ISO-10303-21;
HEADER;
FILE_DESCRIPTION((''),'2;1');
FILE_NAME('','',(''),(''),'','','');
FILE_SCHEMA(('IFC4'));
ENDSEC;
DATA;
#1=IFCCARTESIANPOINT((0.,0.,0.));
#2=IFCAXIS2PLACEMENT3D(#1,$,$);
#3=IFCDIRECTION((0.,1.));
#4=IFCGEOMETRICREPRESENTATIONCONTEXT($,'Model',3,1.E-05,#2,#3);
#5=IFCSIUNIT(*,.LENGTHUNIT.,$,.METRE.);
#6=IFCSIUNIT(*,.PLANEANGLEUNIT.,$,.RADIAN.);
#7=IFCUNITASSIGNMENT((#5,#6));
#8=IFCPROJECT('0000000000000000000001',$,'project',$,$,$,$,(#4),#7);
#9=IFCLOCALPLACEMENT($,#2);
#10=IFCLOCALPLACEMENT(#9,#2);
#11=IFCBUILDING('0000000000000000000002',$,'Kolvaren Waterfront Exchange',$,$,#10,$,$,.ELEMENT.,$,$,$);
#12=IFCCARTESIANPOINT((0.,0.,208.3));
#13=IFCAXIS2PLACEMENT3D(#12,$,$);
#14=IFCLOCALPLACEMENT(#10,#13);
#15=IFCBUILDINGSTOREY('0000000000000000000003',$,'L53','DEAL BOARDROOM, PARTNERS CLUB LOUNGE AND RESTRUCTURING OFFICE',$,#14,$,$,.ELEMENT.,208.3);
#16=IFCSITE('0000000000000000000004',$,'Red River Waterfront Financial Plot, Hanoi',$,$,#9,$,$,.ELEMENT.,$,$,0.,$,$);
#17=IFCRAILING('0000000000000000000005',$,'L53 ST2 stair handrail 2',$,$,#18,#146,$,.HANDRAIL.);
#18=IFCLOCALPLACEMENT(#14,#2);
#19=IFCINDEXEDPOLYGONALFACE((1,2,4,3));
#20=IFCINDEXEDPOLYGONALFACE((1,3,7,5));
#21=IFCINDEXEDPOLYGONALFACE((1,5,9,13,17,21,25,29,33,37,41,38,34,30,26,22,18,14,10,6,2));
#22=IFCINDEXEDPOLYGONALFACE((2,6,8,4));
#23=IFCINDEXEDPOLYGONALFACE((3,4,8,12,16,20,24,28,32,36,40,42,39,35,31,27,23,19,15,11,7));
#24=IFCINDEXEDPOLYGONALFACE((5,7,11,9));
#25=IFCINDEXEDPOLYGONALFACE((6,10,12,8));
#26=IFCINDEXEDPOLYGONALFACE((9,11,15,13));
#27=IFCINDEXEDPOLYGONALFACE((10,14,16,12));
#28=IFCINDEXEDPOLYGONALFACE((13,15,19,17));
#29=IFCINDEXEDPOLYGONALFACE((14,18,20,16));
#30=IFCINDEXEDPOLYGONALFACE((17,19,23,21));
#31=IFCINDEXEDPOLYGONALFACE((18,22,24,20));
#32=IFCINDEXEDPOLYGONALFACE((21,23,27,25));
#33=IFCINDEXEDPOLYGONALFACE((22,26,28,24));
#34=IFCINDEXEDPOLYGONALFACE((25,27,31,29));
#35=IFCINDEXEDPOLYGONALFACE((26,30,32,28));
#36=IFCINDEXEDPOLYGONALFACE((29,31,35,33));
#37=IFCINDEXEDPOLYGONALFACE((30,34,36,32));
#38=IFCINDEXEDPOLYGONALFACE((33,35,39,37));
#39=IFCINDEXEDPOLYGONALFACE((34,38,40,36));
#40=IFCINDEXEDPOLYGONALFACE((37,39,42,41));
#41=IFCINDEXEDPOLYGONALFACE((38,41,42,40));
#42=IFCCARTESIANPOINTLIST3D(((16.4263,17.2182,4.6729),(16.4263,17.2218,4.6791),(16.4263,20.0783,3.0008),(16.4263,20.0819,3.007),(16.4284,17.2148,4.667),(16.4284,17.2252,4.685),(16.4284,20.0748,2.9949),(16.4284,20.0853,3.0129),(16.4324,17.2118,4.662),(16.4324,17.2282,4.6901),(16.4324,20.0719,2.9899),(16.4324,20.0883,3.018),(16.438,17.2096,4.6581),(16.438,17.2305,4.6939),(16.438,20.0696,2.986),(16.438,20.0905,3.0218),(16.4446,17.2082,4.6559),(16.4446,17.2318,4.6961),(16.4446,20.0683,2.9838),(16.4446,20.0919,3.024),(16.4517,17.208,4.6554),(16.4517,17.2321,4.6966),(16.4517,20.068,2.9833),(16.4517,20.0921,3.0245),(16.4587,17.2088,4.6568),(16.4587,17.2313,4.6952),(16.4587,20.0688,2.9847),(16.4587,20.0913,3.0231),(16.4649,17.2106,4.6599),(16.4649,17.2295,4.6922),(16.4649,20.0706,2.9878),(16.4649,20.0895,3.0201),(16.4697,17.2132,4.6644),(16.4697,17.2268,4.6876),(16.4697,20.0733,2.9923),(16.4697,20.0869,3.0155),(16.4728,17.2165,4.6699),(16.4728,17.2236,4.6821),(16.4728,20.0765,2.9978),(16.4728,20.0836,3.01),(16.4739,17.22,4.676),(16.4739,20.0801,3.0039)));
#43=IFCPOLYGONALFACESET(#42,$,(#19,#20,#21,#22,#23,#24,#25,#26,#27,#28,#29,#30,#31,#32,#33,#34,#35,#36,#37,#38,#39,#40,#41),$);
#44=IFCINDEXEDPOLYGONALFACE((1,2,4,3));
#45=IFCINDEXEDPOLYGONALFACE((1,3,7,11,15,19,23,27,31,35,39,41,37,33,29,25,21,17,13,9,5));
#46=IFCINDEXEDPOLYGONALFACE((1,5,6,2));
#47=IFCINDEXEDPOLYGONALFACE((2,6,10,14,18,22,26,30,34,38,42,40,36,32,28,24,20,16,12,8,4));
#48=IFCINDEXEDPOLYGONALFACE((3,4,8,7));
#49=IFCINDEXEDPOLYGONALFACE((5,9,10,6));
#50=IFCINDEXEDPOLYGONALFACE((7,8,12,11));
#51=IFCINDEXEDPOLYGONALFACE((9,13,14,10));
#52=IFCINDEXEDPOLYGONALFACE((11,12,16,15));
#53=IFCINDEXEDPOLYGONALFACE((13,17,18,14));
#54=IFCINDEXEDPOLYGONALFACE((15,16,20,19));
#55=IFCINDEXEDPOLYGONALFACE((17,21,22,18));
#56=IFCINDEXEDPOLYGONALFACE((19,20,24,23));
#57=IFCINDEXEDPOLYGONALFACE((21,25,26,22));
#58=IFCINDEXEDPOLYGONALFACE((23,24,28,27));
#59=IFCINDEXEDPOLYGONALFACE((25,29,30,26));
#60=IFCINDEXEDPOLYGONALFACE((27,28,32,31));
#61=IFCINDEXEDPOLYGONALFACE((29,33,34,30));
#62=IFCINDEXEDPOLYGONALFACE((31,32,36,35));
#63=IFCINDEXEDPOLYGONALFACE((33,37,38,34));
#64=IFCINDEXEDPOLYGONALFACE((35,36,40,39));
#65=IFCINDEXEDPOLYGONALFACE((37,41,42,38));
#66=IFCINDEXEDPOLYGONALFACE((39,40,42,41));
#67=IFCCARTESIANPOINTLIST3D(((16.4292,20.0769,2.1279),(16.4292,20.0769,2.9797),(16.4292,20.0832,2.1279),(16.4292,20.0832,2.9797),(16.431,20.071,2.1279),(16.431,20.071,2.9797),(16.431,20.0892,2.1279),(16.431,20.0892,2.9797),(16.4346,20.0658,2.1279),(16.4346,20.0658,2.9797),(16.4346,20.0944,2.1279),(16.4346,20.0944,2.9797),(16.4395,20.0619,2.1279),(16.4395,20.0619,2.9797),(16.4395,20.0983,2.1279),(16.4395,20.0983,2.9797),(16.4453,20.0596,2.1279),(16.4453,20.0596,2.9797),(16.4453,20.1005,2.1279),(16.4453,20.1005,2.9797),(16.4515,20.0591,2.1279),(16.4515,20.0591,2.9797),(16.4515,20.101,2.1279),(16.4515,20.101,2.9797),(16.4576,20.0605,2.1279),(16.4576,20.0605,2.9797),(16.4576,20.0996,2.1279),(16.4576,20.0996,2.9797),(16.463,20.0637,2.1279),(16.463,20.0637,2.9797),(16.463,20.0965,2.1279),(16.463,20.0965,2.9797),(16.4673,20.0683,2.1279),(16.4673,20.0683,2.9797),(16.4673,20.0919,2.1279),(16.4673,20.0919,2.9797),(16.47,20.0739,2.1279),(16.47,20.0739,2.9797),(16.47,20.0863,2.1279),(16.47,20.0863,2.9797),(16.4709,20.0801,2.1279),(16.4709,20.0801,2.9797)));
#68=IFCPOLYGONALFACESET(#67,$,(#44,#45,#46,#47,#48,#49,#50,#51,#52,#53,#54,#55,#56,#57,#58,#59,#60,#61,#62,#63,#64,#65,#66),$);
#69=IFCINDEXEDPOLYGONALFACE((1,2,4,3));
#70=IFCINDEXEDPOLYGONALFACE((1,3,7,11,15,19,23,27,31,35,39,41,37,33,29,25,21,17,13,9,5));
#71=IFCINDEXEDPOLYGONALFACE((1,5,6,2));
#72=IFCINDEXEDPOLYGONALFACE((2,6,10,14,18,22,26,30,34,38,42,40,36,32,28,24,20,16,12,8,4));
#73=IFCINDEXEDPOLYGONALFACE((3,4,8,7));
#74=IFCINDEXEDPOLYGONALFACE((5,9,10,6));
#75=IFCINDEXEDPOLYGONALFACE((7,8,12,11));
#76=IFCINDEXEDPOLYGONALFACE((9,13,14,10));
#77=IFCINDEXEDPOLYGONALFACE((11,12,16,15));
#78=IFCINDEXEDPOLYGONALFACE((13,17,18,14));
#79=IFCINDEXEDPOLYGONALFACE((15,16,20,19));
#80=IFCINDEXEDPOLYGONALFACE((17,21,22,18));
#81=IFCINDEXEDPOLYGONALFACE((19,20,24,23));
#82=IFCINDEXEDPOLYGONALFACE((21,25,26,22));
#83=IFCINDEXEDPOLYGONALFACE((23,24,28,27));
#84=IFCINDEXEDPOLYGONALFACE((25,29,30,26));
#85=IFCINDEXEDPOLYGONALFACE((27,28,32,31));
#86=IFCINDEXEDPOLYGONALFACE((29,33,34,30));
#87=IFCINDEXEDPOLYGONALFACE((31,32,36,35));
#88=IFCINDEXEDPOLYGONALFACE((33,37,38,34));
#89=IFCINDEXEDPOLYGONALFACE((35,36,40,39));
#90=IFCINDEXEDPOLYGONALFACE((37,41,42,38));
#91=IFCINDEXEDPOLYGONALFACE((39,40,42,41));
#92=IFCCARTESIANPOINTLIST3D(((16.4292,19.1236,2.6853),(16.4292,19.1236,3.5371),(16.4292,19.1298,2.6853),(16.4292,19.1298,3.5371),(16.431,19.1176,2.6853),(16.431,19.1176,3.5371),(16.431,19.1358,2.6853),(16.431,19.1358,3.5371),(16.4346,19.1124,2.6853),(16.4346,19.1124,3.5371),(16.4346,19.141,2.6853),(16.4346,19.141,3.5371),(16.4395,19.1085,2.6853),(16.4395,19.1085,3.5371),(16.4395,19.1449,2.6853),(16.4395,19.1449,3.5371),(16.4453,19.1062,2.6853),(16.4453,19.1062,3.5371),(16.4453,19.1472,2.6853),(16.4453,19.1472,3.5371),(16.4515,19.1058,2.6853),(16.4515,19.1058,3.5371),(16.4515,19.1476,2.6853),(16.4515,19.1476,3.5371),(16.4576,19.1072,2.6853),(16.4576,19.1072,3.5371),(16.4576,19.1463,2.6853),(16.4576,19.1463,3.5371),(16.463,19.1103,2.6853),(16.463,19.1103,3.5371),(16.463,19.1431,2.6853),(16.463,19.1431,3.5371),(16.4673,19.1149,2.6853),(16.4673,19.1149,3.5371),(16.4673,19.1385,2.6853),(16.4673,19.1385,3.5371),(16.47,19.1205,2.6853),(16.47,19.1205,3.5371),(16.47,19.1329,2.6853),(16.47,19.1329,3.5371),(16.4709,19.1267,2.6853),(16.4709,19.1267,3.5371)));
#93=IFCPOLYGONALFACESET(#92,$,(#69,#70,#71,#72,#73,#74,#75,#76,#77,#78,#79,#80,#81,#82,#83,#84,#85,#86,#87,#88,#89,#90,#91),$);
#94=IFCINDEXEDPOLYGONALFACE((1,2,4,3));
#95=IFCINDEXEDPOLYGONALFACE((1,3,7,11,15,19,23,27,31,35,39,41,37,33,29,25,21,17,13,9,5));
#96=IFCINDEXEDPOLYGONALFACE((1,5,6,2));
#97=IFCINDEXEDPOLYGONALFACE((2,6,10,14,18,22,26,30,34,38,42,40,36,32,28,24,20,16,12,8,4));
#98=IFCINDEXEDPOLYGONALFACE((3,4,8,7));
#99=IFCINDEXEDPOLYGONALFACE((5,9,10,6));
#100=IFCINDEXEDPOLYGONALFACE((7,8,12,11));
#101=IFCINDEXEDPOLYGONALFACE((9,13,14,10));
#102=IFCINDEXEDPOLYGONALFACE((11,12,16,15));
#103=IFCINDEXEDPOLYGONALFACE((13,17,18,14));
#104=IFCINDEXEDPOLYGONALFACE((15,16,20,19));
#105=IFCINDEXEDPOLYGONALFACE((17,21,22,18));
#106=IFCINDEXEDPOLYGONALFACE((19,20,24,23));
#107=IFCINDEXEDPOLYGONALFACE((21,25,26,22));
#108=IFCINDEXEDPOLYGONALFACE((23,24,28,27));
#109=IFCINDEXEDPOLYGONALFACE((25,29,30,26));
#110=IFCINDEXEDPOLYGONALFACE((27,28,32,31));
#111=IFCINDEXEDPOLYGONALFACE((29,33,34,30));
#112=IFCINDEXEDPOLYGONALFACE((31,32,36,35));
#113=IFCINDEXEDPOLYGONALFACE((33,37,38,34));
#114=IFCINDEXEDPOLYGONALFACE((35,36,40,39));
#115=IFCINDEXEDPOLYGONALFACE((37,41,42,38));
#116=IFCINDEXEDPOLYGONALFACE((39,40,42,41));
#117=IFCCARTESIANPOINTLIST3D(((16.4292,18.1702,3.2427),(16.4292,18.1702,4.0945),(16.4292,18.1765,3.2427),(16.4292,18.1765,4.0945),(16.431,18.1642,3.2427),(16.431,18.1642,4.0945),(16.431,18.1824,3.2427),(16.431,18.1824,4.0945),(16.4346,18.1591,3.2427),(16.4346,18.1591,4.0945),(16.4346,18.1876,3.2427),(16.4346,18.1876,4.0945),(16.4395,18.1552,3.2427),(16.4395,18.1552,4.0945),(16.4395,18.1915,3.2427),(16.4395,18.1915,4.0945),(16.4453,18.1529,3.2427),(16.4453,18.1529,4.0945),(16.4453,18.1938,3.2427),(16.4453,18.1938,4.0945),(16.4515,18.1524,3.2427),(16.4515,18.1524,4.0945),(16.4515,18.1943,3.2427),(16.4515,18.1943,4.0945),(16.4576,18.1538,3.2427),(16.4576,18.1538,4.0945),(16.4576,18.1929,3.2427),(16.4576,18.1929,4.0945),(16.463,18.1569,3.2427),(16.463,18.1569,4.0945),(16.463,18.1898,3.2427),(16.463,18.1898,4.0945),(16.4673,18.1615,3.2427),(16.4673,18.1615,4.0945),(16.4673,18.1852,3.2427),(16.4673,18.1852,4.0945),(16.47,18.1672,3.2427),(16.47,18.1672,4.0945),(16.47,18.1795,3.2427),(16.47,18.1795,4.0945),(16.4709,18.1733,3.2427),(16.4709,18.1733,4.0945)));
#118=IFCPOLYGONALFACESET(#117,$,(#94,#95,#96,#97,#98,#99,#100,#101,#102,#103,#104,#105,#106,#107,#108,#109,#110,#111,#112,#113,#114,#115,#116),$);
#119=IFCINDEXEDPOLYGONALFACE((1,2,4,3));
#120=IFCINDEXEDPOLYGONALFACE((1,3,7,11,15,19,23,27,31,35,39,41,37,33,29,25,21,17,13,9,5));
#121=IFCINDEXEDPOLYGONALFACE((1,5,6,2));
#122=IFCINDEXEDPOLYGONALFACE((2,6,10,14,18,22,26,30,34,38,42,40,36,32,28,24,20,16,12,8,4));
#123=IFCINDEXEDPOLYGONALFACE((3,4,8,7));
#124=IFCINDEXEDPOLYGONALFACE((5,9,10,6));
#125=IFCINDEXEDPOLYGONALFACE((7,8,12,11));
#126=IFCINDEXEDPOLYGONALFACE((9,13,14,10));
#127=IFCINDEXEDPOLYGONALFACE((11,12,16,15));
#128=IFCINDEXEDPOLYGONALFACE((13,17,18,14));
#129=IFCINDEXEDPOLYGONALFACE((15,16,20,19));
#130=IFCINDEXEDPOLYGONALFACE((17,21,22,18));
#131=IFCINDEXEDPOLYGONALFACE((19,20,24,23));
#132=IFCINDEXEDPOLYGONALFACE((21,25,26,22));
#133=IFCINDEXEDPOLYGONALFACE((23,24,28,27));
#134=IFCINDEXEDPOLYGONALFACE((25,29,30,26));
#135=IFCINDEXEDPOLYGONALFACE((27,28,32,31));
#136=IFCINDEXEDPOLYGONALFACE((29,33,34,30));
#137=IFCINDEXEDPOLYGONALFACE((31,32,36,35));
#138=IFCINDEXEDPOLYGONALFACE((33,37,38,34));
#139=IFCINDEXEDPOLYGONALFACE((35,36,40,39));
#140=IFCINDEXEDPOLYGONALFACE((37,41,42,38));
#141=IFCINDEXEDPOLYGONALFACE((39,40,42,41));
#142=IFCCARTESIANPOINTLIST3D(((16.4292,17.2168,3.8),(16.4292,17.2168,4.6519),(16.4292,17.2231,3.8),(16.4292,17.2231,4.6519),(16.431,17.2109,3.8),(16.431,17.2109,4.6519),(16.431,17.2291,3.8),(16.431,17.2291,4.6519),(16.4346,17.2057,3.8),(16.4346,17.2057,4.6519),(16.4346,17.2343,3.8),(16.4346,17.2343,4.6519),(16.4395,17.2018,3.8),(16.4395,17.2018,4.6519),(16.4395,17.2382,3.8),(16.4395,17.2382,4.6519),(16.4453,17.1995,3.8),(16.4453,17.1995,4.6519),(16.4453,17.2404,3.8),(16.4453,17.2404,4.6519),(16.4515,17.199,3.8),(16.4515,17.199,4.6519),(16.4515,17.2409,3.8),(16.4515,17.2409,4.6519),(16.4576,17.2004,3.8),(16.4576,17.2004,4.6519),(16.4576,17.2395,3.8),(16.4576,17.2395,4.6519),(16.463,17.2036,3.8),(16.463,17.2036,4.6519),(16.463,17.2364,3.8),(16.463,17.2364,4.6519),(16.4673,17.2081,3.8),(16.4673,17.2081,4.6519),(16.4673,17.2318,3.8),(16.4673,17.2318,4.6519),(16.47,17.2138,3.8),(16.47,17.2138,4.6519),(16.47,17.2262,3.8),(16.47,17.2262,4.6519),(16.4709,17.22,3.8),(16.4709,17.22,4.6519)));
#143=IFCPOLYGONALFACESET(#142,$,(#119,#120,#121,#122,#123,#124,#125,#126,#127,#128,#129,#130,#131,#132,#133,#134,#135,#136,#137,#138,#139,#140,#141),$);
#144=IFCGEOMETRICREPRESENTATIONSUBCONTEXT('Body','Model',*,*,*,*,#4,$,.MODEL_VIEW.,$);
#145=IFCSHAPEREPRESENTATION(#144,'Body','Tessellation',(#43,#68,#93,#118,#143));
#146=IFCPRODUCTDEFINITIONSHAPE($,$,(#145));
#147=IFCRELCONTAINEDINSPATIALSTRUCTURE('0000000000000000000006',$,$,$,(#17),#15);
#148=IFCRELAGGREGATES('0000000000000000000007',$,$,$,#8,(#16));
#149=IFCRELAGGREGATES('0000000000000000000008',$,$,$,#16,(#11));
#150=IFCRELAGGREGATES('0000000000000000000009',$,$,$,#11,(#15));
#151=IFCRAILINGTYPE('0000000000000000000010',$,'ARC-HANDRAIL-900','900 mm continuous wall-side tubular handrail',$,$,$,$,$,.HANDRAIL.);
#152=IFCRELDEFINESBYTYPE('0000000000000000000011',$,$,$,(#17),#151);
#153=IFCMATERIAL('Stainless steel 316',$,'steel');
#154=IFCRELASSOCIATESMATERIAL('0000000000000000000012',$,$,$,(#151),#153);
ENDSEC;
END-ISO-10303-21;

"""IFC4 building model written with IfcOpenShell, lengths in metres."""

from ifc_helpers import new_model, si_unit, direction, frame, origin, origin_2d, place, context, subcontext, project, spatial, circle, extrude, material, type_object, element, save


model = new_model("IFC4")

# Units and contexts
model_context = context("Model", 3, precision=1e-05, world=origin(), true_north=direction((0.0, 1.0)))
body_context = subcontext(model_context, "Body", "Model", "MODEL_VIEW")
ifc_project = project(units=[si_unit("LENGTHUNIT", "METRE"), si_unit("PLANEANGLEUNIT", "RADIAN")], contexts=[model_context])

# Site, building, storey
site_placement = place(None, origin())
site = spatial("IfcSite", under=ifc_project, at=site_placement, Name="Red River Waterfront Financial Plot, Hanoi", CompositionType="ELEMENT", RefElevation=0.0)
building_placement = place(site_placement, origin())
building = spatial("IfcBuilding", under=site, at=building_placement, Name="Kolvaren Waterfront Exchange", CompositionType="ELEMENT")
storey_placement = place(building_placement, frame((0.0, 0.0, 208.3)))
storey = spatial("IfcBuildingStorey", under=building, at=storey_placement, Name="L53", Description="DEAL BOARDROOM, PARTNERS CLUB LOUNGE AND RESTRUCTURING OFFICE", CompositionType="ELEMENT", Elevation=208.3)

# Railing
ifc_material_1 = material(Name="Stainless steel 316", Category="steel")
railing_type = type_object("IfcRailingType", Name="ARC-HANDRAIL-900", Description="900 mm continuous wall-side tubular handrail", PredefinedType="HANDRAIL", material=ifc_material_1)
railing_placement = place(storey_placement, frame((16.45, 20.0801, 2.1279)))
element("IfcRailing", 1, at=railing_placement, inside=storey, type_object=railing_type, Name="L53 ST2 stair handrail 2", PredefinedType="HANDRAIL", context=body_context, shape_type="SweptSolid", body=[
    extrude(circle(Radius=0.0239, at=origin_2d()), frame((0.0, 0.0, 0.876), z_axis=(0.0, -0.863289, 0.504709), x_axis=(1.0, 0.0, 0.0)), (0.0, 0.0, 1.0), 3.313),
    extrude(circle(Radius=0.021, at=origin_2d()), origin(), (0.0, 0.0, 1.0), 0.8518),
    extrude(circle(Radius=0.021, at=origin_2d()), frame((0.0, -0.9534, 0.5574)), (0.0, 0.0, 1.0), 0.8518),
    extrude(circle(Radius=0.021, at=origin_2d()), frame((0.0, -1.9067, 1.1147)), (0.0, 0.0, 1.0), 0.8518),
    extrude(circle(Radius=0.021, at=origin_2d()), frame((0.0, -2.8601, 1.6721)), (0.0, 0.0, 1.0), 0.8518),
])

save(model, "model.ifc")
